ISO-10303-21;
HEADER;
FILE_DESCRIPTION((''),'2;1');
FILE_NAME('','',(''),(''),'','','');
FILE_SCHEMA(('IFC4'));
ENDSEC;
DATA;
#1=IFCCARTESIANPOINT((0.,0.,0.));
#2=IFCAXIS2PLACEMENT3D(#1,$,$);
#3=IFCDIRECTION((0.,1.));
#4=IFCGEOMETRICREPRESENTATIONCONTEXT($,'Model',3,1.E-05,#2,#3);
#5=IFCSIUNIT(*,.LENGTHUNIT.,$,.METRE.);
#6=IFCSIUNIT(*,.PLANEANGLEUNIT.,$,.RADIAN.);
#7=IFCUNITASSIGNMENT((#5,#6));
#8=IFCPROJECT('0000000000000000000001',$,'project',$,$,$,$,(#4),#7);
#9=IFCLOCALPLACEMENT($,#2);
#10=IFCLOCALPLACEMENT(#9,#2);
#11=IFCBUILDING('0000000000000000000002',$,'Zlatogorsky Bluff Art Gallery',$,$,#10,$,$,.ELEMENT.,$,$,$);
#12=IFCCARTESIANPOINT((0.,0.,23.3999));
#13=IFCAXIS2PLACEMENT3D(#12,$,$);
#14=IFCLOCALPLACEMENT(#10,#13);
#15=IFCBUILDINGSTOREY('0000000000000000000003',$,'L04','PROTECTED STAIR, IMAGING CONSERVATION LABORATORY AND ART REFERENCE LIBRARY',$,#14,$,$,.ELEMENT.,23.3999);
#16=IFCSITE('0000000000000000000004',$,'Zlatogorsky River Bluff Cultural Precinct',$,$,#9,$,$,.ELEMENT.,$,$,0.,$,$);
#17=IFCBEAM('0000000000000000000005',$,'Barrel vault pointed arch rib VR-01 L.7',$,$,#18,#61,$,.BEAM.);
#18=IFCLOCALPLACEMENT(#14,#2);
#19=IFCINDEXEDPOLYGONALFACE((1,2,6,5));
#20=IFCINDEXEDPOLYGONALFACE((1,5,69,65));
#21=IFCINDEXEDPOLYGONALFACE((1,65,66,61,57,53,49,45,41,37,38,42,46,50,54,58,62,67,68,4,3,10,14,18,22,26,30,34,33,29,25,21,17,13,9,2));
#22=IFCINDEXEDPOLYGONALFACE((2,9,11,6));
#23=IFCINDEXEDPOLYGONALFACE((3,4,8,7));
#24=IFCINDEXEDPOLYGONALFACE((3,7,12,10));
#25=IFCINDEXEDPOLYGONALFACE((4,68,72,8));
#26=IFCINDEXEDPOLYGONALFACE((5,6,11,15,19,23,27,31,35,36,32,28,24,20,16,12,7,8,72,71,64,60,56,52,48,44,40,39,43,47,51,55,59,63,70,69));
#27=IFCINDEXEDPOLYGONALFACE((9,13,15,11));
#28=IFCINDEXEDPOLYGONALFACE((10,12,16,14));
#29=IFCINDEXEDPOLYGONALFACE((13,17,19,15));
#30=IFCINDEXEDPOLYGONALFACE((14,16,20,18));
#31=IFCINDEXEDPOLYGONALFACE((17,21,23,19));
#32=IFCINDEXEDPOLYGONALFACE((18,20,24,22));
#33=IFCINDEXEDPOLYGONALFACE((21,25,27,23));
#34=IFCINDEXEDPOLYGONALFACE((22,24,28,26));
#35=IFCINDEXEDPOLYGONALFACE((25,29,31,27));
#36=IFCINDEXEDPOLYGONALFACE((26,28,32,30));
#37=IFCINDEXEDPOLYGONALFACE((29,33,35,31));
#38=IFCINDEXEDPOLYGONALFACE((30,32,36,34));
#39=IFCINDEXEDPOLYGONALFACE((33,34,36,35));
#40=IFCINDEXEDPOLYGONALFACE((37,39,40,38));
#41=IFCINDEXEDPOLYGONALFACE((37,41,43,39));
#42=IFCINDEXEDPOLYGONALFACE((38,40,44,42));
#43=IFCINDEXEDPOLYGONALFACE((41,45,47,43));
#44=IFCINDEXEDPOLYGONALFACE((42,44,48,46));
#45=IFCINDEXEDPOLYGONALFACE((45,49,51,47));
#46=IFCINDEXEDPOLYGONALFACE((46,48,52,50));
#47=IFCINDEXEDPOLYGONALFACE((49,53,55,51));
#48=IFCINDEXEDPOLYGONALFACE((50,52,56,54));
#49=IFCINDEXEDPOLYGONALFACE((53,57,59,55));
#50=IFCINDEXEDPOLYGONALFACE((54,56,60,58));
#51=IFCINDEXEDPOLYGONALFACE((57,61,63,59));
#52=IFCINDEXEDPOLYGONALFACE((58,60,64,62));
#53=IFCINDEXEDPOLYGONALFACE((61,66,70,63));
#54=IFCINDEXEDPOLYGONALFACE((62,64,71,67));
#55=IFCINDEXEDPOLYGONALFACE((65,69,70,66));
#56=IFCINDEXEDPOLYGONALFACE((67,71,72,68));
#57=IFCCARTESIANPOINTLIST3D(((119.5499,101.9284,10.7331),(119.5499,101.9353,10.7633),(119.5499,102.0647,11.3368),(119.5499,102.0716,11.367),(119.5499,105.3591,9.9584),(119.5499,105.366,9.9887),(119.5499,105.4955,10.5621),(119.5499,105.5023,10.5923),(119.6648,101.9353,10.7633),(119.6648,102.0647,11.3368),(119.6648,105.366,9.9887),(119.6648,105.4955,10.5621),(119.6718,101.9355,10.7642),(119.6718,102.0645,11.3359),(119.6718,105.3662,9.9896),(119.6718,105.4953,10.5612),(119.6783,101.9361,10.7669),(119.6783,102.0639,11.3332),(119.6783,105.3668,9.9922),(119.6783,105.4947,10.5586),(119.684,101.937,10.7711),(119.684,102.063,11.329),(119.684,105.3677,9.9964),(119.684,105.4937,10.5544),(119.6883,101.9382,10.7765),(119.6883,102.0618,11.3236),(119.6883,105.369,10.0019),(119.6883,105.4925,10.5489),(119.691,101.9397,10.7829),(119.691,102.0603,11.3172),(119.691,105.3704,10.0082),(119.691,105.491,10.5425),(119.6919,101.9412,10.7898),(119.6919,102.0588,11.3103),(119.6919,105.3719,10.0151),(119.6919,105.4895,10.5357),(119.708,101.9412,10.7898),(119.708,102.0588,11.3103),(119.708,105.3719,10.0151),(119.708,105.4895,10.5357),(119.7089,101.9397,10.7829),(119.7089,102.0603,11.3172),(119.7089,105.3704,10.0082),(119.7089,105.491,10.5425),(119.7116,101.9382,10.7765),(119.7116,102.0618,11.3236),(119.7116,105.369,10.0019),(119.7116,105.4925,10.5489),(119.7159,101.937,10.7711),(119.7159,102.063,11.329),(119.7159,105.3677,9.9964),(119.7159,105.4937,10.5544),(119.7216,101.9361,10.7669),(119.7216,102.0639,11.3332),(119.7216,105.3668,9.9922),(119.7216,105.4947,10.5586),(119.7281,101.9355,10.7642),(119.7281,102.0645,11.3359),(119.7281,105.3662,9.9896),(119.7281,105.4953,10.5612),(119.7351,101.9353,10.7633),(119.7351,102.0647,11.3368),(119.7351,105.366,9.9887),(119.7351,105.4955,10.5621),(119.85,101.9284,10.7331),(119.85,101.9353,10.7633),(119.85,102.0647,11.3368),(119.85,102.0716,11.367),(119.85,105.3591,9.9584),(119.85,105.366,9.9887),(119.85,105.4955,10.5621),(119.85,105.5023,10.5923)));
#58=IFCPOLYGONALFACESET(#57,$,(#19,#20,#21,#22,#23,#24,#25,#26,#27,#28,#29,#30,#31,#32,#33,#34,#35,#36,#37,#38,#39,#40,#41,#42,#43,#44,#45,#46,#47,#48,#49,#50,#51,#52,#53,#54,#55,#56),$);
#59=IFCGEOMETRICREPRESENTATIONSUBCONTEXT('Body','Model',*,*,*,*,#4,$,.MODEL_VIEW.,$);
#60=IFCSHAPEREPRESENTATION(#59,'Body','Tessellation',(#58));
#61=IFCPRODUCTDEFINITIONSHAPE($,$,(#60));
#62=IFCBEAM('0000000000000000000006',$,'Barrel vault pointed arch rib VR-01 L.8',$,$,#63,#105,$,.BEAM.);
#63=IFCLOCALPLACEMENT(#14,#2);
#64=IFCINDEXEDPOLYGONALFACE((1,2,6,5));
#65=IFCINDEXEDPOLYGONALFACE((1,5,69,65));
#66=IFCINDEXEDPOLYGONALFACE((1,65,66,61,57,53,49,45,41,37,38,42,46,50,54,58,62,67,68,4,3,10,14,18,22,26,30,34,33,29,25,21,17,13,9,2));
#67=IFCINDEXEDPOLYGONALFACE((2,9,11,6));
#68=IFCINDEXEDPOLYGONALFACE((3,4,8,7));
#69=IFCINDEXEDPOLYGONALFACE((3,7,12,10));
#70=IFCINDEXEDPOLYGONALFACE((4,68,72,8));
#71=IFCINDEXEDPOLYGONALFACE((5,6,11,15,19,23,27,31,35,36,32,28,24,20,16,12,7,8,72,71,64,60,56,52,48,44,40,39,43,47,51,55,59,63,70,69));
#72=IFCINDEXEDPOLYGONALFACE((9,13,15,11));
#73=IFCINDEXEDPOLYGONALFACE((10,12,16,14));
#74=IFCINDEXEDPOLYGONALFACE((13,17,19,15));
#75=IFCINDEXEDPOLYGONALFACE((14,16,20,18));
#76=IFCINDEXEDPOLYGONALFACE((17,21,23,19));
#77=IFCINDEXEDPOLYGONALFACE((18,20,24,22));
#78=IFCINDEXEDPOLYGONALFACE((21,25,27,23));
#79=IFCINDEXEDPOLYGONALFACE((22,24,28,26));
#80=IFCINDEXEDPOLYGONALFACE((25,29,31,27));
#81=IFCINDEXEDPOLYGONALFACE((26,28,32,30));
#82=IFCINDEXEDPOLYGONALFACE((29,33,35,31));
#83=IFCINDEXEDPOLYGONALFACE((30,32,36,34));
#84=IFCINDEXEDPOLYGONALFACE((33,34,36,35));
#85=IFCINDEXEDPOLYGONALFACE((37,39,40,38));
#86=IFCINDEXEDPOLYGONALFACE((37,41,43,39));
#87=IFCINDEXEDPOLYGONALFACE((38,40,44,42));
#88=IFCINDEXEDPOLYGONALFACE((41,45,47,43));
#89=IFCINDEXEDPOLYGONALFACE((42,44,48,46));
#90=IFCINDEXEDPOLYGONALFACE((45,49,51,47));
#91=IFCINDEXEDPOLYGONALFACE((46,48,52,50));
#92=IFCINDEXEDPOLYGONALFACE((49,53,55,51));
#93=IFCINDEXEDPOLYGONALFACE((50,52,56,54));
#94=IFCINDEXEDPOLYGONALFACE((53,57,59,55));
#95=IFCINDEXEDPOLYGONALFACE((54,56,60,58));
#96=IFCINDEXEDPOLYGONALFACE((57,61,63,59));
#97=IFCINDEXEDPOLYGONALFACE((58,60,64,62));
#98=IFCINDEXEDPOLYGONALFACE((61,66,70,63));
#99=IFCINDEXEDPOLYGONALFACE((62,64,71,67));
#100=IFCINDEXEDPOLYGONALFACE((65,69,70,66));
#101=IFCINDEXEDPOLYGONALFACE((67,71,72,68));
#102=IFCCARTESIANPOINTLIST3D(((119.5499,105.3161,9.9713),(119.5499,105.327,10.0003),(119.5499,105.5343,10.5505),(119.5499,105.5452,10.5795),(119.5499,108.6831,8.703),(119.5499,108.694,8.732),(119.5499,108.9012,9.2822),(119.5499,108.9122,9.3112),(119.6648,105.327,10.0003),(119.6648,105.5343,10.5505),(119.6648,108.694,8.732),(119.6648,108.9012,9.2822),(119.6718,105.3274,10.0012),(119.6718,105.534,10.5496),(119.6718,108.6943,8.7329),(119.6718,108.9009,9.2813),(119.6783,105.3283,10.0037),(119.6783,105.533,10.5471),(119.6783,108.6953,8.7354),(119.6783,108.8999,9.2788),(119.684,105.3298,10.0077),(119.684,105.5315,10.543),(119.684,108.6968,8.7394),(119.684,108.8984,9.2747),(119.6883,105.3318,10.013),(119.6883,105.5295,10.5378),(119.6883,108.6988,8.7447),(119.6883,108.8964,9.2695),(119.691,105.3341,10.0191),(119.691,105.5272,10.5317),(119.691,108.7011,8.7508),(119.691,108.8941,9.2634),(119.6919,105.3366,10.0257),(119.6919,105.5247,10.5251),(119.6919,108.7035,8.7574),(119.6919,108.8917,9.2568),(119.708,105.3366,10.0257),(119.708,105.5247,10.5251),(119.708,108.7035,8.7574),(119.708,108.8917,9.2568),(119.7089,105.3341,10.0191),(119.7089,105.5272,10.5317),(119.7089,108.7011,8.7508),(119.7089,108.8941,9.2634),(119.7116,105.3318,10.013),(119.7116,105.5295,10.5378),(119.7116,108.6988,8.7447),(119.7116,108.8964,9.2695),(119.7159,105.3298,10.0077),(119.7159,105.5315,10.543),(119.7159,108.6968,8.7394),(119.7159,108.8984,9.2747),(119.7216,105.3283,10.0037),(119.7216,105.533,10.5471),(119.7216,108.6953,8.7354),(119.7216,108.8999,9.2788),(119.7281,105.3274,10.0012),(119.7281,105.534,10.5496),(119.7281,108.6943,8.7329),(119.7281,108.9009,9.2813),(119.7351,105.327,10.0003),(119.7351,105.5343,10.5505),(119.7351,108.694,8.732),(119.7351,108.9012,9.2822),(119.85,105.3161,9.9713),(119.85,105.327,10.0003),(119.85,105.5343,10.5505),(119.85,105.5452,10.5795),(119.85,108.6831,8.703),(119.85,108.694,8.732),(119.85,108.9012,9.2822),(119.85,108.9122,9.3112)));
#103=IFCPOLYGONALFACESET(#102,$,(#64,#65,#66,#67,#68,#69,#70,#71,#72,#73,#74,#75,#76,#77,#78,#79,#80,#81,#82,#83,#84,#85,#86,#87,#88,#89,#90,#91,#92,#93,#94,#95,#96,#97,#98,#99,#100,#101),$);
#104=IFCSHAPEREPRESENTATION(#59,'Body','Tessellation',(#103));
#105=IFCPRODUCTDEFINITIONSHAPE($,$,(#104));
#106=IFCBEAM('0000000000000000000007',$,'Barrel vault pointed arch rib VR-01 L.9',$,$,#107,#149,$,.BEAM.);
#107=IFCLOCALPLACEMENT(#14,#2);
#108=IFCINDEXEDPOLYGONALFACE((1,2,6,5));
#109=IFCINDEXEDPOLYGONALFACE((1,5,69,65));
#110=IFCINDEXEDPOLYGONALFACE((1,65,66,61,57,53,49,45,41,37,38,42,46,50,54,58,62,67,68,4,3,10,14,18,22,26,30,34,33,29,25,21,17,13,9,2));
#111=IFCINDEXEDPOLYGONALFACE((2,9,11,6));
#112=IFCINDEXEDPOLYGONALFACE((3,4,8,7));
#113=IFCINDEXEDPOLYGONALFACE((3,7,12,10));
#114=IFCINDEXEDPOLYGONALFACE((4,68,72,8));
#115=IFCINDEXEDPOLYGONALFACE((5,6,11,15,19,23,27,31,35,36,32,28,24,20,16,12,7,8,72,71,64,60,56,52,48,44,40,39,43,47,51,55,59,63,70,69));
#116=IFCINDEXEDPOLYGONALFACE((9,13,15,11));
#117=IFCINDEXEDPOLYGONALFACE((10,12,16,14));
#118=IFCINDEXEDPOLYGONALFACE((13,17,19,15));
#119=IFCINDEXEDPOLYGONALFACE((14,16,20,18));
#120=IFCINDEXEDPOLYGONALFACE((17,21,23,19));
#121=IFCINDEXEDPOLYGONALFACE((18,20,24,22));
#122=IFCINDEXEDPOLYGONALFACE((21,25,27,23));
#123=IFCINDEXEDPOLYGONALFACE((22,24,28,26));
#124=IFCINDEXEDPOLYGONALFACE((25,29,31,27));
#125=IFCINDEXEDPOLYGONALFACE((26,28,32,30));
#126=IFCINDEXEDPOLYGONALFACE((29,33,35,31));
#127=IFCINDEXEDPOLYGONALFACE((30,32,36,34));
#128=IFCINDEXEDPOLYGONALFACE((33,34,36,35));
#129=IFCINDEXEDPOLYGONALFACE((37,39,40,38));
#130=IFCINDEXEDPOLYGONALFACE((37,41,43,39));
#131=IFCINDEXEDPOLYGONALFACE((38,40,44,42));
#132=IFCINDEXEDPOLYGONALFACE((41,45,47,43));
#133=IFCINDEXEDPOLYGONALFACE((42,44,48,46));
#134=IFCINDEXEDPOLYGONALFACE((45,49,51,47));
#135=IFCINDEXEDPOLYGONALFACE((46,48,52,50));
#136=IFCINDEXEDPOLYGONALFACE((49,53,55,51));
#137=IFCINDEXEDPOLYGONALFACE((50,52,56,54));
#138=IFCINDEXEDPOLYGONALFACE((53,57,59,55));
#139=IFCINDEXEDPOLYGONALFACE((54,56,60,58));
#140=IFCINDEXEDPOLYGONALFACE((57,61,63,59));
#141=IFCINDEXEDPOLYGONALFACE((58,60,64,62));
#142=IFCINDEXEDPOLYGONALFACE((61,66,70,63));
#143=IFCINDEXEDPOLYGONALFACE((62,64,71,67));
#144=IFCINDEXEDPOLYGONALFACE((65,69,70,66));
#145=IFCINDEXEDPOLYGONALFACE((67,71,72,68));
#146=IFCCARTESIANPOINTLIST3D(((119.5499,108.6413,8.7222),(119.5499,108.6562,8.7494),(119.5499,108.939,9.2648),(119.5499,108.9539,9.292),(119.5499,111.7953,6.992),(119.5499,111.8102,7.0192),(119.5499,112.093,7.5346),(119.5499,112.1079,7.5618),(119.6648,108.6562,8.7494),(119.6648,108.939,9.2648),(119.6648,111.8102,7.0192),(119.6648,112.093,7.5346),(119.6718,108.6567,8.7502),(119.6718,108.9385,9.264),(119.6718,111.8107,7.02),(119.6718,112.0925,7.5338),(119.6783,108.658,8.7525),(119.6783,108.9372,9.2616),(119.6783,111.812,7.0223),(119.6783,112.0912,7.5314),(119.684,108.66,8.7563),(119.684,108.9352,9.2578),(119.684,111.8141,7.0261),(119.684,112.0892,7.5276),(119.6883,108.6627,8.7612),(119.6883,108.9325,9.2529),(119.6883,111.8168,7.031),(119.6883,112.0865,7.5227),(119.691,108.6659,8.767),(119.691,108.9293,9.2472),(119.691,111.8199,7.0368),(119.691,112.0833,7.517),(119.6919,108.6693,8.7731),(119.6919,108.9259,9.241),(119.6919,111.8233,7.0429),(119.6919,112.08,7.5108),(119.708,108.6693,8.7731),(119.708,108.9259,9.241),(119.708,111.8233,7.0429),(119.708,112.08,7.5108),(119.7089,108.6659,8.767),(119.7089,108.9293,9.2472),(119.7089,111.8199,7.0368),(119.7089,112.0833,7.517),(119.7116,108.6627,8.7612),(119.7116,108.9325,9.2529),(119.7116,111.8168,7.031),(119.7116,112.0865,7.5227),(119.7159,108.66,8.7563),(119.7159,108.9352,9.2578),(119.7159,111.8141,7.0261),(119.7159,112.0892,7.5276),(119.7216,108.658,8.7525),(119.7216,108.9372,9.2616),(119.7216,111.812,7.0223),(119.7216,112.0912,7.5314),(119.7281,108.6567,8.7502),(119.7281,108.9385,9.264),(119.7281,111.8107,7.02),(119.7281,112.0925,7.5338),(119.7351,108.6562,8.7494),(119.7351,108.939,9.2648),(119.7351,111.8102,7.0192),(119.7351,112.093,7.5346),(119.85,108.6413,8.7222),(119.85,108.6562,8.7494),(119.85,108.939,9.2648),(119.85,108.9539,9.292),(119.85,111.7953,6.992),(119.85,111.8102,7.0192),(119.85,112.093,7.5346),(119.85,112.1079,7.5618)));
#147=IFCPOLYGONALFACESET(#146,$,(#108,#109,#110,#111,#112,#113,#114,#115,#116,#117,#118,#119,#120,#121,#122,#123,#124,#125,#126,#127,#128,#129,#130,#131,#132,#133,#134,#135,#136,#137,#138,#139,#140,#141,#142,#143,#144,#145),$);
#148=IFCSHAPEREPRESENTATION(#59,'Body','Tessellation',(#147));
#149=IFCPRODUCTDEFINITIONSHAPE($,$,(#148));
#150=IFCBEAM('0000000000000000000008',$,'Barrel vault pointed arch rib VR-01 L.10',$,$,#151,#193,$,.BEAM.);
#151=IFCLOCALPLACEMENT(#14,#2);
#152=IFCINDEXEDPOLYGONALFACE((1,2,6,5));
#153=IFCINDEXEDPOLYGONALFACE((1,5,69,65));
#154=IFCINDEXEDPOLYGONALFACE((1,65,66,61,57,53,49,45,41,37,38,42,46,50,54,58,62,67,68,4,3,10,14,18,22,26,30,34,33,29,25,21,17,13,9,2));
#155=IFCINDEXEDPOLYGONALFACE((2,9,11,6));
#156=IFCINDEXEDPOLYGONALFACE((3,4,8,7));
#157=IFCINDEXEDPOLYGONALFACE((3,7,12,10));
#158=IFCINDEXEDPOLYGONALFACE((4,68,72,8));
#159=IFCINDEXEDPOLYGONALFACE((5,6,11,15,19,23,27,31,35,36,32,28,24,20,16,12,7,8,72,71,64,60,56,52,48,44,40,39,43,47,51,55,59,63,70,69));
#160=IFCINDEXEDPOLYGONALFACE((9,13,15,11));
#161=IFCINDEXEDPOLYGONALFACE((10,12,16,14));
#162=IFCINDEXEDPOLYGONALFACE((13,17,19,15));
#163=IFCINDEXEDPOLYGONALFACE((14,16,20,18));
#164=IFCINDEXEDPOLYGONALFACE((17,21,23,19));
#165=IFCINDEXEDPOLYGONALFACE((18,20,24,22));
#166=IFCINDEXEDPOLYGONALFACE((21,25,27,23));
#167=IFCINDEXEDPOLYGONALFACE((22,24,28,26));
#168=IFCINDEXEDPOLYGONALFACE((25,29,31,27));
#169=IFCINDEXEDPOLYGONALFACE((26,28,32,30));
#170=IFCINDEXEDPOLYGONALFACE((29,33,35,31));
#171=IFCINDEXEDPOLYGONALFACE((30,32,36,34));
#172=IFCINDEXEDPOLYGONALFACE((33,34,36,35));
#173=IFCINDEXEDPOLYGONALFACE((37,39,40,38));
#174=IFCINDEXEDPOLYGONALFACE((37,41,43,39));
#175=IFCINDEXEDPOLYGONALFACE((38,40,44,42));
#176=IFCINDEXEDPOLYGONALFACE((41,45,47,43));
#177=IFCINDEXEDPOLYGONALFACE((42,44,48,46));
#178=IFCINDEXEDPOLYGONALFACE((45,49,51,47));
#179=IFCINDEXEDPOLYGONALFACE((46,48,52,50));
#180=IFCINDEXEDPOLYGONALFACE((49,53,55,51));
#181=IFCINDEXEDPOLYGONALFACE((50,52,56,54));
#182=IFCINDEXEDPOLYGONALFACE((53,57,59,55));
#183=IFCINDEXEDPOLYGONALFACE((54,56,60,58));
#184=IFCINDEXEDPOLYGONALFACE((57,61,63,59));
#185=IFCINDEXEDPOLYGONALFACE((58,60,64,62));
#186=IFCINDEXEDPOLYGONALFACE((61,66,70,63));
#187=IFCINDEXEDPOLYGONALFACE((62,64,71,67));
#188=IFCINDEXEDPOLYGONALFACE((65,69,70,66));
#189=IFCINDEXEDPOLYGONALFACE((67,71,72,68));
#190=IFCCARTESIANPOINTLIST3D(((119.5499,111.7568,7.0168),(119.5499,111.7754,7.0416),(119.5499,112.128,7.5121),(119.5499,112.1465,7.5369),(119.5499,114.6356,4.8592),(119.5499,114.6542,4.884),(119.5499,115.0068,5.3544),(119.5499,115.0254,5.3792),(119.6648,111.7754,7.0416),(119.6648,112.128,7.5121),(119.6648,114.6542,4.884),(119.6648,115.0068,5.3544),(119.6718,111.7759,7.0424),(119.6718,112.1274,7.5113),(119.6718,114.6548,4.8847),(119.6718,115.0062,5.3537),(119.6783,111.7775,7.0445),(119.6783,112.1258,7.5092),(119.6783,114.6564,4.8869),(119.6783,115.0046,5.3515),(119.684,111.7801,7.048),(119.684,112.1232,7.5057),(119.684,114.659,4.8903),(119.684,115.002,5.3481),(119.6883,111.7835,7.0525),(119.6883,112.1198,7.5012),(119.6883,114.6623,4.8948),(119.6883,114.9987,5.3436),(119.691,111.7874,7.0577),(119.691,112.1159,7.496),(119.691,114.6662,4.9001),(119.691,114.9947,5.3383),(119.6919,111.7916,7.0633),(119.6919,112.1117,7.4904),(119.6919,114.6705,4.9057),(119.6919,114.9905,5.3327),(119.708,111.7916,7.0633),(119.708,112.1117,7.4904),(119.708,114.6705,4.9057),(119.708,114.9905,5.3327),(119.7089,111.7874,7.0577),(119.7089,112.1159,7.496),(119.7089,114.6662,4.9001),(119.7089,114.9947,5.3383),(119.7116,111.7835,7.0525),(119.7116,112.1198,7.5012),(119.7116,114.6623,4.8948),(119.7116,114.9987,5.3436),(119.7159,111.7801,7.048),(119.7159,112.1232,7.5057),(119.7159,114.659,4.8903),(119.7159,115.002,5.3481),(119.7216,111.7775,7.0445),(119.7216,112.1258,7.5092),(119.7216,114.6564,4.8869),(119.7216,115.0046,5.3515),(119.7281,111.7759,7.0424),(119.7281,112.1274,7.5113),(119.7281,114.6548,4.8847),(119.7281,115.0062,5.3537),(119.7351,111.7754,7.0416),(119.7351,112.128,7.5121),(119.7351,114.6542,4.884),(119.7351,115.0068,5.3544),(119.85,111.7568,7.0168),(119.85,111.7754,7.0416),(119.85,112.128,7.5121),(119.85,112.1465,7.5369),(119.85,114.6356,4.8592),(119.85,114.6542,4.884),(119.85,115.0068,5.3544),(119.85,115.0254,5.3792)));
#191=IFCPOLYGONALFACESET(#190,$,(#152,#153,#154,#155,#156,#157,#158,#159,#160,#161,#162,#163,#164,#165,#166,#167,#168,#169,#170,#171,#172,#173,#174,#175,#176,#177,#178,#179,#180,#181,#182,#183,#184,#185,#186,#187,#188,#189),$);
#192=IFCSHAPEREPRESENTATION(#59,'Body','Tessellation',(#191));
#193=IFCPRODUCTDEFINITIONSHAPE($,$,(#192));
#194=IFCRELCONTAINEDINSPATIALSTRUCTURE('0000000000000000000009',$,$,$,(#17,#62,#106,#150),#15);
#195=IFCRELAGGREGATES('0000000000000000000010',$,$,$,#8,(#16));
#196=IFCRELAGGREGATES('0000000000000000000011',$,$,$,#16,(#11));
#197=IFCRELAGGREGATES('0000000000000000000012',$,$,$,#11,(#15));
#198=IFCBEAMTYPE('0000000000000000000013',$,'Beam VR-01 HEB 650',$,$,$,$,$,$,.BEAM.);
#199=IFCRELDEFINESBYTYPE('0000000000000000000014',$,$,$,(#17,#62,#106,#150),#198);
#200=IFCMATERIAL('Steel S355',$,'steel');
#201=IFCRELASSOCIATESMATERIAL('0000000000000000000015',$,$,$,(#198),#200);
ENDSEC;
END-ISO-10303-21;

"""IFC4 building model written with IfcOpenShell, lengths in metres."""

from ifc_helpers import new_model, si_unit, direction, frame, origin, origin_2d, place, context, subcontext, project, spatial, i_section, extrude, material, material_profile, profile_set, type_object, element, save


model = new_model("IFC4")

# Units and contexts
model_context = context("Model", 3, precision=1e-05, world=origin(), true_north=direction((0.0, 1.0)))
body_context = subcontext(model_context, "Body", "Model", "MODEL_VIEW")
ifc_project = project(units=[si_unit("LENGTHUNIT", "METRE"), si_unit("PLANEANGLEUNIT", "RADIAN")], contexts=[model_context])

# Site, building, storey
site_placement = place(None, origin())
site = spatial("IfcSite", under=ifc_project, at=site_placement, Name="Zlatogorsky River Bluff Cultural Precinct", CompositionType="ELEMENT", RefElevation=0.0)
building_placement = place(site_placement, origin())
building = spatial("IfcBuilding", under=site, at=building_placement, Name="Zlatogorsky Bluff Art Gallery", CompositionType="ELEMENT")
storey_placement = place(building_placement, frame((0.0, 0.0, 23.3999)))
storey = spatial("IfcBuildingStorey", under=building, at=storey_placement, Name="L04", Description="PROTECTED STAIR, IMAGING CONSERVATION LABORATORY AND ART REFERENCE LIBRARY", CompositionType="ELEMENT", Elevation=23.3999)

# Shared definitions
ifc_material_1 = material(Name="Steel S355", Category="steel")

# Beams
ifc_material_profile_1 = material_profile(ifc_material_1, i_section(OverallWidth=0.3, OverallDepth=0.6499, WebThickness=0.0161, FlangeThickness=0.031, FilletRadius=0.0271, at=origin_2d()), Name="HEB 650")
ifc_profile_set_1 = profile_set([ifc_material_profile_1], Name="Steel S355")
beam_type_1 = type_object("IfcBeamType", Name="Beam VR-01 HEB 650", PredefinedType="BEAM", material=ifc_profile_set_1)
for number, where, z_axis, x_axis, name in (
    (1, (119.7, 102.0, 11.05), (0.0, 0.975441, -0.220259), (-1.0, 0.0, 0.0), "Barrel vault pointed arch rib VR-01 L.7"),
):
    element("IfcBeam", number, at=place(storey_placement, frame(where, z_axis=z_axis, x_axis=x_axis)), inside=storey, type_object=beam_type_1, Name=name, PredefinedType="BEAM", context=body_context, shape_type="SweptSolid", body=[
        extrude(i_section(OverallWidth=0.3, OverallDepth=0.6499, WebThickness=0.0161, FlangeThickness=0.031, FilletRadius=0.0271, at=origin_2d()), origin(), (0.0, 0.0, 1.0), 3.5171),
    ])
beam_1_placement = place(storey_placement, frame((119.7, 105.4307, 10.2754), z_axis=(0.0, 0.935807, -0.352514), x_axis=(-1.0, 0.0, 0.0)))
element("IfcBeam", 2, at=beam_1_placement, inside=storey, type_object=beam_type_1, Name="Barrel vault pointed arch rib VR-01 L.8", PredefinedType="BEAM", context=body_context, shape_type="SweptSolid", body=[
    extrude(i_section(OverallWidth=0.3, OverallDepth=0.6499, WebThickness=0.0161, FlangeThickness=0.031, FilletRadius=0.0271, at=origin_2d()), origin(), (0.0, 0.0, 1.0), 3.5979),
])
beam_2_placement = place(storey_placement, frame((119.7, 108.7976, 9.0071), z_axis=(0.0, 0.876744, -0.480957), x_axis=(-1.0, 0.0, 0.0)))
element("IfcBeam", 3, at=beam_2_placement, inside=storey, type_object=beam_type_1, Name="Barrel vault pointed arch rib VR-01 L.9", PredefinedType="BEAM", context=body_context, shape_type="SweptSolid", body=[
    extrude(i_section(OverallWidth=0.3, OverallDepth=0.6499, WebThickness=0.0161, FlangeThickness=0.031, FilletRadius=0.0271, at=origin_2d()), origin(), (0.0, 0.0, 1.0), 3.5974),
])
beam_3_placement = place(storey_placement, frame((119.7, 111.9517, 7.2769), z_axis=(0.0, 0.800195, -0.599739), x_axis=(-1.0, 0.0, 0.0)))
element("IfcBeam", 4, at=beam_3_placement, inside=storey, type_object=beam_type_1, Name="Barrel vault pointed arch rib VR-01 L.10", PredefinedType="BEAM", context=body_context, shape_type="SweptSolid", body=[
    extrude(i_section(OverallWidth=0.3, OverallDepth=0.6499, WebThickness=0.0161, FlangeThickness=0.031, FilletRadius=0.0271, at=origin_2d()), origin(), (0.0, 0.0, 1.0), 3.5977),
])

save(model, "model.ifc")
